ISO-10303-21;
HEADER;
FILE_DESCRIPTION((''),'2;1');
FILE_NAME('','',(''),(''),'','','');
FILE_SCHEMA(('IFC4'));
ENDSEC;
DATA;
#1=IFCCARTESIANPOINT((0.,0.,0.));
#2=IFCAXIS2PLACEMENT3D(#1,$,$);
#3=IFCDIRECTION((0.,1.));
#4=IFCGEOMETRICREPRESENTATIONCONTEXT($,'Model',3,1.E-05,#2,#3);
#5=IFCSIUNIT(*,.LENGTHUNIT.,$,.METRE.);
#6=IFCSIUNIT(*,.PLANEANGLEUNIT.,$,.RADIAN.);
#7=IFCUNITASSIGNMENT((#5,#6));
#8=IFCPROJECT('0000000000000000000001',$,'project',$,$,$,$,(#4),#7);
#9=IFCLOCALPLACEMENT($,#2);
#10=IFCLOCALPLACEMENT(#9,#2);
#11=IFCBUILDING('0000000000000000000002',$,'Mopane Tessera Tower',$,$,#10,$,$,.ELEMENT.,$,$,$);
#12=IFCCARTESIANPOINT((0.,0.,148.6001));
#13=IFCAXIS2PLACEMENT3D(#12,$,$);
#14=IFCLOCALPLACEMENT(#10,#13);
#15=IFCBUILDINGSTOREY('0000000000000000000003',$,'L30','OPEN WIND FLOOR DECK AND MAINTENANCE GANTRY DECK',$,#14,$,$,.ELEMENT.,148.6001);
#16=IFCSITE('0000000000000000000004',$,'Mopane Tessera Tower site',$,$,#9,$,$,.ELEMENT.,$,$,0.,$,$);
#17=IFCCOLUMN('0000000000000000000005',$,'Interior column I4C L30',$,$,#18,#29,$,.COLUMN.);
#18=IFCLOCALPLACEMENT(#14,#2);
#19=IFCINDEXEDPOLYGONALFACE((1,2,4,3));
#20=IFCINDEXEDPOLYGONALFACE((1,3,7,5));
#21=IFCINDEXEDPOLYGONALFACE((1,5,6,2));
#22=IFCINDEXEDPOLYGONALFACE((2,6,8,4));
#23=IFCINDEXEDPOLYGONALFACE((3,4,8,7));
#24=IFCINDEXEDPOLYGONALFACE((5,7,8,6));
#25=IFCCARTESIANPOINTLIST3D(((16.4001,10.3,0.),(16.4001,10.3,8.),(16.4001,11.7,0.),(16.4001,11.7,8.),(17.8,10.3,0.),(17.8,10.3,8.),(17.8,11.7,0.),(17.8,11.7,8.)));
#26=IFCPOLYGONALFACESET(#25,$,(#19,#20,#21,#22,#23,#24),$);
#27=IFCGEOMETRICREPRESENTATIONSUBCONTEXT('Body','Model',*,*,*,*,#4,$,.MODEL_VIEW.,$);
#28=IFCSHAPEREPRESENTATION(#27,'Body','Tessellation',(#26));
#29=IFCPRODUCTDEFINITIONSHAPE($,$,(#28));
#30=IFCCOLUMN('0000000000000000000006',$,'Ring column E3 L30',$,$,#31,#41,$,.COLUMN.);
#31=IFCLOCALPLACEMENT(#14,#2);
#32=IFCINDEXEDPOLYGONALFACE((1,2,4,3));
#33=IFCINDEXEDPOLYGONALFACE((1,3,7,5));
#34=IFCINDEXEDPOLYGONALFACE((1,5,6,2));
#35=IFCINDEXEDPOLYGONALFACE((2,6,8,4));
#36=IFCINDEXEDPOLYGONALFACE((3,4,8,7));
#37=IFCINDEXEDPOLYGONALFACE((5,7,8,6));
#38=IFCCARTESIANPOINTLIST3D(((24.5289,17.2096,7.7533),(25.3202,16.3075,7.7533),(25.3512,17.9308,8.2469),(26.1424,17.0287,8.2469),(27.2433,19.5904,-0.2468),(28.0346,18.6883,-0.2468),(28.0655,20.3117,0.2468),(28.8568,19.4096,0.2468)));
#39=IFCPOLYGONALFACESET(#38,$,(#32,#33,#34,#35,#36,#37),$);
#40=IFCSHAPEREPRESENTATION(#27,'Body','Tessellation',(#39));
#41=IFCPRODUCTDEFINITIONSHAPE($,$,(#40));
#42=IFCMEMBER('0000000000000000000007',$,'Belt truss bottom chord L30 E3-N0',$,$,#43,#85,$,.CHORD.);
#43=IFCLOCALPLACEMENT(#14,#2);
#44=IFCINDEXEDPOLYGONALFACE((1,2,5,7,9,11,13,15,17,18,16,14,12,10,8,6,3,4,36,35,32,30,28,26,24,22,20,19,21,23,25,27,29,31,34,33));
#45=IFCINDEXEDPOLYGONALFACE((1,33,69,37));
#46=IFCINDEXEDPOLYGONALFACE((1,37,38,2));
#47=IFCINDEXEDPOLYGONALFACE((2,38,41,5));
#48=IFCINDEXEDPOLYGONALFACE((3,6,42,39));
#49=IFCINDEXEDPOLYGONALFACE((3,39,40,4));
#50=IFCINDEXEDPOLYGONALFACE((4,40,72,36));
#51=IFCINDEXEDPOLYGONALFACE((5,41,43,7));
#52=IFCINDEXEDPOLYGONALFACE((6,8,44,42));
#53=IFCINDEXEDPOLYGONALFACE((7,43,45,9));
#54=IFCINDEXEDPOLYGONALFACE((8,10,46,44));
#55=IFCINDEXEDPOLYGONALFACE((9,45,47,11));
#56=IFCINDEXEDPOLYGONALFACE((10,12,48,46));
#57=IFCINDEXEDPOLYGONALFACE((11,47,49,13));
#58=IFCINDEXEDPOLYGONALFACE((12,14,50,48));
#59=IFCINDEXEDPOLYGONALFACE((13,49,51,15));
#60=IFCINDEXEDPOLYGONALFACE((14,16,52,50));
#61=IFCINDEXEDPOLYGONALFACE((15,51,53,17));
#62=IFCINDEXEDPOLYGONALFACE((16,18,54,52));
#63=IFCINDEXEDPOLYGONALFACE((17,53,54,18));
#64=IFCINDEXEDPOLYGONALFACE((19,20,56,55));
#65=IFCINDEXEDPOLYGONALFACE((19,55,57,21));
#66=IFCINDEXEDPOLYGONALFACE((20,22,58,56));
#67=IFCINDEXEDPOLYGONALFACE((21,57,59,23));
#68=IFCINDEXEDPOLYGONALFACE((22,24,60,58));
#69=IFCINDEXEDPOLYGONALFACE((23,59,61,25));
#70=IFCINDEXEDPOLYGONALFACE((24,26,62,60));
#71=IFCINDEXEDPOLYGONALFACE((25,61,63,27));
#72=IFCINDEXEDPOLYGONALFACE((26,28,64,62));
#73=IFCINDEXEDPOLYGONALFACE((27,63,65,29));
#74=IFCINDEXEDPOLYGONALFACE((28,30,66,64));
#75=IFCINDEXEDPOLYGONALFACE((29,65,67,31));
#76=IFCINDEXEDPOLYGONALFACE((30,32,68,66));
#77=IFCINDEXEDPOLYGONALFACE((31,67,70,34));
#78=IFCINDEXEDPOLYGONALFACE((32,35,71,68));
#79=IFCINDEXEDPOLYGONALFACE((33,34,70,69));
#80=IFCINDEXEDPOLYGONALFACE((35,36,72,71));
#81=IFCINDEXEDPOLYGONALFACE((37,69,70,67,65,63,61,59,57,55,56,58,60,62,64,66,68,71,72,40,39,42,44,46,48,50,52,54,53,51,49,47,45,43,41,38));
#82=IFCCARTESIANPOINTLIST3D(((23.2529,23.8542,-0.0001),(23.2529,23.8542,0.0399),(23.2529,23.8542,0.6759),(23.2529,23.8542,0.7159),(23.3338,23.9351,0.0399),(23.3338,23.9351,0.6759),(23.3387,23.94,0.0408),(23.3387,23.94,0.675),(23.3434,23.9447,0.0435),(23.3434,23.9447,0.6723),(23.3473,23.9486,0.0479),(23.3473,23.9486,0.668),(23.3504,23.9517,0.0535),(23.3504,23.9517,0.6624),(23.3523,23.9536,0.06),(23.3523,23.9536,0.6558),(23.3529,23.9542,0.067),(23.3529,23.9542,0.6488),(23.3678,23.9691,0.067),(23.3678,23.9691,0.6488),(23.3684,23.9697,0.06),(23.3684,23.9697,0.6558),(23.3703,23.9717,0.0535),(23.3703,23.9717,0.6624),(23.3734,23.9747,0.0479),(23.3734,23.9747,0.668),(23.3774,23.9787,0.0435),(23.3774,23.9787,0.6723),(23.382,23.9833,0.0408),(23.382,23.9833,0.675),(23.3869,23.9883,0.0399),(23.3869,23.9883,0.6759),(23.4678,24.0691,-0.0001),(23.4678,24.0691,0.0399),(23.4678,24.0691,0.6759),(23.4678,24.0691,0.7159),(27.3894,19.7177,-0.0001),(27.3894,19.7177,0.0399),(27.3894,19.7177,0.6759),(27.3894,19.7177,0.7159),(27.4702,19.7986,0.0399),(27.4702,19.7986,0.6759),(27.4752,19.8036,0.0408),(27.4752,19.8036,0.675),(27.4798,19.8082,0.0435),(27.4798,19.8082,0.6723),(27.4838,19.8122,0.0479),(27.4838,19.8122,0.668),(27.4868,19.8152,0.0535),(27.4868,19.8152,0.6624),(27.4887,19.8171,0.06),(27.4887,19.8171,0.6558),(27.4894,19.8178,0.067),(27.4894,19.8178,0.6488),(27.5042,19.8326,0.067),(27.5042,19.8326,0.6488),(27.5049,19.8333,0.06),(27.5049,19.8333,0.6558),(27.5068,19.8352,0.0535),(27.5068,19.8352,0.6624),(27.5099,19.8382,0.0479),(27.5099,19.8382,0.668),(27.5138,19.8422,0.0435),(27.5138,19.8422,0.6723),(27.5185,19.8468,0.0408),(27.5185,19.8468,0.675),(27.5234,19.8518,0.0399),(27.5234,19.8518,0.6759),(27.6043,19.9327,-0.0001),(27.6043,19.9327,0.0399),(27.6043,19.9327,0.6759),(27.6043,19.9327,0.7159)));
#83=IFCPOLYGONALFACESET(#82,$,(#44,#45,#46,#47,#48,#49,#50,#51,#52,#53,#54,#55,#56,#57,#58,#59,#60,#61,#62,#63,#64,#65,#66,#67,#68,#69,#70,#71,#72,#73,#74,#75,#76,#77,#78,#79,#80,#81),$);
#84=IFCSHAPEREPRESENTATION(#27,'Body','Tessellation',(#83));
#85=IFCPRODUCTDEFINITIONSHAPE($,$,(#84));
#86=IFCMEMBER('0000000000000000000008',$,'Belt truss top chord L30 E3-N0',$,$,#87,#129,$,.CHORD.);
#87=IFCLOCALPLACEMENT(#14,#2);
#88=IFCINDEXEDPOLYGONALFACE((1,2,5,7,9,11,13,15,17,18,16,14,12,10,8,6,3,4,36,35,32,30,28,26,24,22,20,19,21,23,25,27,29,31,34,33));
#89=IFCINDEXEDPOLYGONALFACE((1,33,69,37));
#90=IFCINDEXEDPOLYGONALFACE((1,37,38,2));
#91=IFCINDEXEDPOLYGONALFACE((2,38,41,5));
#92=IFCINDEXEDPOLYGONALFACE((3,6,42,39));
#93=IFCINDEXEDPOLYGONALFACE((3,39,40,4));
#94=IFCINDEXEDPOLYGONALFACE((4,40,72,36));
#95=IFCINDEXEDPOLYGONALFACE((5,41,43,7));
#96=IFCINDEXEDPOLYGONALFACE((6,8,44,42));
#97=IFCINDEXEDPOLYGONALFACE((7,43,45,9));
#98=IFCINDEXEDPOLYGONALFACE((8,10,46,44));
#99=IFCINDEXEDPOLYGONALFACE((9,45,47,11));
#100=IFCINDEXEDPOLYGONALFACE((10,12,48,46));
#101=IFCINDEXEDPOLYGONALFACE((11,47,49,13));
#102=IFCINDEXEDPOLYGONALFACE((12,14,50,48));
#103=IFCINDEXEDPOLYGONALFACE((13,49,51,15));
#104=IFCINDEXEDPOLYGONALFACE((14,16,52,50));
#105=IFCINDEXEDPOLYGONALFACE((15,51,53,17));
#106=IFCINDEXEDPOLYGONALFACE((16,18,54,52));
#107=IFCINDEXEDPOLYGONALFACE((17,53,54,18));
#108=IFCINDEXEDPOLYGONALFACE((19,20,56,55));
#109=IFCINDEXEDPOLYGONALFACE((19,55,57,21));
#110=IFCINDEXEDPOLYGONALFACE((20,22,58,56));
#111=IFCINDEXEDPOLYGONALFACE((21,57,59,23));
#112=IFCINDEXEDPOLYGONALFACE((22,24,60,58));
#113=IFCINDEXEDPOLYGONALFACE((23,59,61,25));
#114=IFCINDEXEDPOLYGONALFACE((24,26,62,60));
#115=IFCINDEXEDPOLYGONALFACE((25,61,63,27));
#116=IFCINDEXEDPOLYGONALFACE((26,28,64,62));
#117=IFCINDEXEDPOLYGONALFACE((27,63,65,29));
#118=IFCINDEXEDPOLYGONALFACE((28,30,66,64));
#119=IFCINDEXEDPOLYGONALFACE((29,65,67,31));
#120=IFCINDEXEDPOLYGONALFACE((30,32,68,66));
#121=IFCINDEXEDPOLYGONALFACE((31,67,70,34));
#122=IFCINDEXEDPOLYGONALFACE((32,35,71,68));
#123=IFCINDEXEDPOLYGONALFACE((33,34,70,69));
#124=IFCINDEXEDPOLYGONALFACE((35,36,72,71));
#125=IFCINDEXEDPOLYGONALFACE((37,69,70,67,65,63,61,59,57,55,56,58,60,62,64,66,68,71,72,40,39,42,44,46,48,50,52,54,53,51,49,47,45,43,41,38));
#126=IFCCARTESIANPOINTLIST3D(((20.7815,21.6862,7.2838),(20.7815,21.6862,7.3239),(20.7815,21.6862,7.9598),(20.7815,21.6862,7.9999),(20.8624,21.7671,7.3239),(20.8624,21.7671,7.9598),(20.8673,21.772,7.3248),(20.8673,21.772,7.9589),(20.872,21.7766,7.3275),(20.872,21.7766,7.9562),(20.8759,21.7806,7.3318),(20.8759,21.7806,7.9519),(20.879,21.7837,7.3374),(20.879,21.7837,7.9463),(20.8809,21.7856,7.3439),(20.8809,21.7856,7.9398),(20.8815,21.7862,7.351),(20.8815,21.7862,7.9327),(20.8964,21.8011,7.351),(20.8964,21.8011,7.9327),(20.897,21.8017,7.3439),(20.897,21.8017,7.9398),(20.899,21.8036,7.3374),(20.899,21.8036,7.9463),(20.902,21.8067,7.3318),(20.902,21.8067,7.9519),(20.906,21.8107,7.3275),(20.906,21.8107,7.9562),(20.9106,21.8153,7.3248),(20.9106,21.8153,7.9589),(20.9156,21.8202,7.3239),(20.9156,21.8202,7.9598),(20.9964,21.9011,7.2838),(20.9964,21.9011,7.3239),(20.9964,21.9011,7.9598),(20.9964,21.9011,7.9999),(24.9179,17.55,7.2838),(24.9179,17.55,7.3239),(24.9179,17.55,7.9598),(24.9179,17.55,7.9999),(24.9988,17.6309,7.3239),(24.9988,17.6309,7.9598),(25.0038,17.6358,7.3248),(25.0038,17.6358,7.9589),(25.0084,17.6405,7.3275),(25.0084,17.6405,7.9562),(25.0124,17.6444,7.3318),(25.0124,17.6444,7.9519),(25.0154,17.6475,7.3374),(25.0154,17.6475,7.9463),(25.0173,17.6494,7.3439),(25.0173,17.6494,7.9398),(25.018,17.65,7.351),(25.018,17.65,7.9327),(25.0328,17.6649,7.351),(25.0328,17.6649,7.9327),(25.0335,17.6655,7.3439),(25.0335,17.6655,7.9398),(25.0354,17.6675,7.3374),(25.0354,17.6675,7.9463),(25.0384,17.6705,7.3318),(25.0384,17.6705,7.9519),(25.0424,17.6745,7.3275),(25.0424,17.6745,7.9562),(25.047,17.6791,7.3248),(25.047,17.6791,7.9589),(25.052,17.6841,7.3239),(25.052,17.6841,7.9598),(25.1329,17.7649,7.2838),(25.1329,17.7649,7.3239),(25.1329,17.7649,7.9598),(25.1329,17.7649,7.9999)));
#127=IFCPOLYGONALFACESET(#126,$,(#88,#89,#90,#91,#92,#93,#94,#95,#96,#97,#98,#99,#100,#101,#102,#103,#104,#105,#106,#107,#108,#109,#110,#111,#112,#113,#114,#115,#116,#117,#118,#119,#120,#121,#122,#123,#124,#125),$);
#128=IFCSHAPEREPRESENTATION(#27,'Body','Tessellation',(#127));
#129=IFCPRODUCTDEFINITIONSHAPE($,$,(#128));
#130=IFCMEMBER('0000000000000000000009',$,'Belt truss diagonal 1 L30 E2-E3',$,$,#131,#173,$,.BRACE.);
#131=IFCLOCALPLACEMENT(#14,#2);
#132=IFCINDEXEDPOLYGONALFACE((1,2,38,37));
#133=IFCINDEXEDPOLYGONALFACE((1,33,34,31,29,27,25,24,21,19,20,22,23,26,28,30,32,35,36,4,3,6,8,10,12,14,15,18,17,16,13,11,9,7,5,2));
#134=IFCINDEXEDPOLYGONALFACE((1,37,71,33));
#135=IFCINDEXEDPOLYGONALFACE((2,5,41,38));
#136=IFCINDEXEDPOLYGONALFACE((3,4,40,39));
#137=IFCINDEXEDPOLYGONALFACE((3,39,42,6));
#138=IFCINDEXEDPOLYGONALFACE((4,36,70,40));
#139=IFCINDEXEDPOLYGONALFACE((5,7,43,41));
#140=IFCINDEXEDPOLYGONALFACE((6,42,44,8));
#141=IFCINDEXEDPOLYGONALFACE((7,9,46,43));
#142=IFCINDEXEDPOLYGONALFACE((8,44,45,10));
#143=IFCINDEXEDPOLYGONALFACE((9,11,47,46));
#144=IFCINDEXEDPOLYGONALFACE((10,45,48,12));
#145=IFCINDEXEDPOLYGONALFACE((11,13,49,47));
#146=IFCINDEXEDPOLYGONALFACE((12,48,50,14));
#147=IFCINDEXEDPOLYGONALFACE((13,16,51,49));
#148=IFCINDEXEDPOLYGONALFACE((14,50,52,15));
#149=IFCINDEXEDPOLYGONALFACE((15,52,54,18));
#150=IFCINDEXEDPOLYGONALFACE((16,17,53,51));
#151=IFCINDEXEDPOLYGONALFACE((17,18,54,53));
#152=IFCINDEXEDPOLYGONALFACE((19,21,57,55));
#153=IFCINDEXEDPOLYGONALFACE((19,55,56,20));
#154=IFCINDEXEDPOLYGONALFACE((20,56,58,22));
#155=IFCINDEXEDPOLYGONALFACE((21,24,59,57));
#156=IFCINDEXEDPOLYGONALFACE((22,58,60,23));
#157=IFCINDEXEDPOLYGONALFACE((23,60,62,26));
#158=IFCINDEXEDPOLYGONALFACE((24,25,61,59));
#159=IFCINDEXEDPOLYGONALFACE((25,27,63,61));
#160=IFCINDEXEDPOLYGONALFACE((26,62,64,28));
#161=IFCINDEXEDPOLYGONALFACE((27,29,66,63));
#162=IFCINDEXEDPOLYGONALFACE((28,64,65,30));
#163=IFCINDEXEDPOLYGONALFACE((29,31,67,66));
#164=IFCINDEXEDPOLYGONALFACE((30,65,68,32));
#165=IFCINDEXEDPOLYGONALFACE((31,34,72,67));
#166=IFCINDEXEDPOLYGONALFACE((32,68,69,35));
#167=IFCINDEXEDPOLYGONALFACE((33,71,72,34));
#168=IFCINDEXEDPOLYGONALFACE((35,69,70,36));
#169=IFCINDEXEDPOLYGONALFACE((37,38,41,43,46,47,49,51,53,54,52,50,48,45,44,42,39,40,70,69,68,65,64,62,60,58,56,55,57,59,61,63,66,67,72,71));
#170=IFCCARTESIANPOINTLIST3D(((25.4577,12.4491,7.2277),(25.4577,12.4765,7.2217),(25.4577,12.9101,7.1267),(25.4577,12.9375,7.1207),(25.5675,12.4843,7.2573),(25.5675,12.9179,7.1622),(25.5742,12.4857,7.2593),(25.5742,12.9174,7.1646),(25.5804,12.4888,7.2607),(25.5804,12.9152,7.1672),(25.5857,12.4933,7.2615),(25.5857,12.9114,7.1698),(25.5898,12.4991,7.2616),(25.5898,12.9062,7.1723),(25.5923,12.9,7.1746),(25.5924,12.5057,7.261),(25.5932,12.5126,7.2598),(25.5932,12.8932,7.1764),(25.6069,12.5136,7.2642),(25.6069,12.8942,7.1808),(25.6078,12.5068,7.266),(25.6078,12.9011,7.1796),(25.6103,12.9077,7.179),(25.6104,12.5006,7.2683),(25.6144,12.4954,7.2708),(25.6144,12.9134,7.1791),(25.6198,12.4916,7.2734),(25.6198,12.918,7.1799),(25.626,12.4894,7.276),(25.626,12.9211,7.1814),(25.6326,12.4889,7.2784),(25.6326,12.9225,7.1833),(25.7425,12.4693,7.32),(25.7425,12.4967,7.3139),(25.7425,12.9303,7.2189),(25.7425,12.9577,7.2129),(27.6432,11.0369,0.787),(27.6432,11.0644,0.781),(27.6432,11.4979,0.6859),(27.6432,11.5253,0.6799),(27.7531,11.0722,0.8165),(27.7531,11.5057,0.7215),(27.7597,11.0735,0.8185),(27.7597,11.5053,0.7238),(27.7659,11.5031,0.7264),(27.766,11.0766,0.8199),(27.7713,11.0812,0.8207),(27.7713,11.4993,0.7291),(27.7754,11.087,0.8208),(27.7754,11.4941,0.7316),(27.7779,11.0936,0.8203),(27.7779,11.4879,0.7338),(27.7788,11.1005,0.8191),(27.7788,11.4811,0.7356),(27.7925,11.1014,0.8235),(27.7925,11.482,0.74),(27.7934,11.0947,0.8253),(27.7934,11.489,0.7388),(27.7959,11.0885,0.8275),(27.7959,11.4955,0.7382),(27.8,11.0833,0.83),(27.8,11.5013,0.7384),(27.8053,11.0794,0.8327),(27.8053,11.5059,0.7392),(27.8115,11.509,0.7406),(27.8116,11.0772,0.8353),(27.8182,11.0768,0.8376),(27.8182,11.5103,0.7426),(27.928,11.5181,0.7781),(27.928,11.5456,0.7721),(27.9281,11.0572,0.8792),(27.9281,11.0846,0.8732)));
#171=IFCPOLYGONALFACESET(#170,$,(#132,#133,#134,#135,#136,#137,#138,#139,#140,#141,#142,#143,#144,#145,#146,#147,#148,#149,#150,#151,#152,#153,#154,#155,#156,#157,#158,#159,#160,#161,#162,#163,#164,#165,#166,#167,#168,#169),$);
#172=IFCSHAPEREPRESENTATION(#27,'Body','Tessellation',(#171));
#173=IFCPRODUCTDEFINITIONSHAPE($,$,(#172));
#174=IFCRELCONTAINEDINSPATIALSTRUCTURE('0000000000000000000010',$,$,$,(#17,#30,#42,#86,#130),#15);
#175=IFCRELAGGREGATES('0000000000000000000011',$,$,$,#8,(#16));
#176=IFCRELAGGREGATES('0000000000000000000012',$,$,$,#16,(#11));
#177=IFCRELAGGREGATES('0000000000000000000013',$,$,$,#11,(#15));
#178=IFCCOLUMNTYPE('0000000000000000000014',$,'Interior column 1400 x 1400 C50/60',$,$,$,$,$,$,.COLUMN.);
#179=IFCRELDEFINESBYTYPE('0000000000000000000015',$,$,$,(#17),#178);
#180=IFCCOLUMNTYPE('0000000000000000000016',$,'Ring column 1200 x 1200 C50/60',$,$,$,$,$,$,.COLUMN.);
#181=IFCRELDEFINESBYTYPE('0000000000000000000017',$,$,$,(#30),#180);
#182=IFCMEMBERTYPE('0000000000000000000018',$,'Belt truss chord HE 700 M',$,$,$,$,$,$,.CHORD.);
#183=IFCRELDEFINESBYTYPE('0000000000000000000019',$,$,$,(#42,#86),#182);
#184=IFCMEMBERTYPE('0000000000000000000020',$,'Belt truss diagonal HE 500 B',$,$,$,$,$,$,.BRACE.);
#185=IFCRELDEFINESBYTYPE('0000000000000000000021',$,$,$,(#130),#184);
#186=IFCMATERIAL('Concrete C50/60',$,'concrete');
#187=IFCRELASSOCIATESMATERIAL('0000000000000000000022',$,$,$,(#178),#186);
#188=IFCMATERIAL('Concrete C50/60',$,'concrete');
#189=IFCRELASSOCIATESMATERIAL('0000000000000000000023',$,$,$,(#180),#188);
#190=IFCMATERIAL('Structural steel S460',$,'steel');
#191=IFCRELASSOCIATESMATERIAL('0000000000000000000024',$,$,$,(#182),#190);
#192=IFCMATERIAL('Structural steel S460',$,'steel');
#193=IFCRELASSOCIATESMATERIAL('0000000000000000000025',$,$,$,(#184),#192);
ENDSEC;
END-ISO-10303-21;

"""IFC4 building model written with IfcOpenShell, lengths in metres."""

from ifc_helpers import new_model, si_unit, direction, frame, origin, origin_2d, place, context, subcontext, project, spatial, rectangle, i_section, extrude, material, material_profile, profile_set, type_object, element, save


model = new_model("IFC4")

# Units and contexts
model_context = context("Model", 3, precision=1e-05, world=origin(), true_north=direction((0.0, 1.0)))
body_context = subcontext(model_context, "Body", "Model", "MODEL_VIEW")
ifc_project = project(units=[si_unit("LENGTHUNIT", "METRE"), si_unit("PLANEANGLEUNIT", "RADIAN")], contexts=[model_context])

# Site, building, storey
site_placement = place(None, origin())
site = spatial("IfcSite", under=ifc_project, at=site_placement, Name="Mopane Tessera Tower site", CompositionType="ELEMENT", RefElevation=0.0)
building_placement = place(site_placement, origin())
building = spatial("IfcBuilding", under=site, at=building_placement, Name="Mopane Tessera Tower", CompositionType="ELEMENT")
storey_placement = place(building_placement, frame((0.0, 0.0, 148.6001)))
storey = spatial("IfcBuildingStorey", under=building, at=storey_placement, Name="L30", Description="OPEN WIND FLOOR DECK AND MAINTENANCE GANTRY DECK", CompositionType="ELEMENT", Elevation=148.6001)

# Columns
ifc_material_1 = material(Name="Concrete C50/60", Category="concrete")
ifc_material_profile_1 = material_profile(ifc_material_1, rectangle(XDim=1.3999, YDim=1.3999, at=origin_2d()))
ifc_profile_set_1 = profile_set([ifc_material_profile_1], Name="Concrete C50/60")
column_type_1 = type_object("IfcColumnType", Name="Interior column 1400 x 1400 C50/60", PredefinedType="COLUMN", material=ifc_profile_set_1)
column_1_placement = place(storey_placement, frame((17.1001, 11.0, 0.0), z_axis=(0.0, 0.0, 1.0), x_axis=(1.0, 0.0, 0.0)))
element("IfcColumn", 1, at=column_1_placement, inside=storey, type_object=column_type_1, Name="Interior column I4C L30", PredefinedType="COLUMN", context=body_context, shape_type="SweptSolid", body=[
    extrude(rectangle(XDim=1.3999, YDim=1.3999, at=origin_2d()), origin(), (0.0, 0.0, 1.0), 8.0),
])
ifc_material_2 = material(Name="Concrete C50/60", Category="concrete")
ifc_material_profile_2 = material_profile(ifc_material_2, rectangle(XDim=1.2, YDim=1.2, at=origin_2d()))
ifc_profile_set_2 = profile_set([ifc_material_profile_2], Name="Concrete C50/60")
column_type_2 = type_object("IfcColumnType", Name="Ring column 1200 x 1200 C50/60", PredefinedType="COLUMN", material=ifc_profile_set_2)
column_2_placement = place(storey_placement, frame((28.05, 19.5, 0.0), z_axis=(-0.309257, -0.27126, 0.91147), x_axis=(0.659414, -0.75178, 0.0)))
element("IfcColumn", 2, at=column_2_placement, inside=storey, type_object=column_type_2, Name="Ring column E3 L30", PredefinedType="COLUMN", context=body_context, shape_type="SweptSolid", body=[
    extrude(rectangle(XDim=1.2, YDim=1.2, at=origin_2d()), origin(), (0.0, 0.0, 1.0), 8.7771),
])

# Members
ifc_material_3 = material(Name="Structural steel S460", Category="steel")
ifc_material_profile_3 = material_profile(ifc_material_3, i_section(OverallWidth=0.304, OverallDepth=0.7161, WebThickness=0.021, FlangeThickness=0.04, FilletRadius=0.0271, at=origin_2d()))
ifc_profile_set_3 = profile_set([ifc_material_profile_3], Name="Structural steel S460")
member_type_1 = type_object("IfcMemberType", Name="Belt truss chord HE 700 M", PredefinedType="CHORD", material=ifc_profile_set_3)
member_1_placement = place(storey_placement, frame((27.4968, 19.8252, 0.3579), z_axis=(-0.707107, 0.707107, 0.0), x_axis=(-0.707107, -0.707107, 0.0)))
element("IfcMember", 3, at=member_1_placement, inside=storey, type_object=member_type_1, Name="Belt truss bottom chord L30 E3-N0", PredefinedType="CHORD", context=body_context, shape_type="SweptSolid", body=[
    extrude(i_section(OverallWidth=0.304, OverallDepth=0.7161, WebThickness=0.021, FlangeThickness=0.04, FilletRadius=0.0271, at=origin_2d()), origin(), (0.0, 0.0, 1.0), 5.8499),
])
member_2_placement = place(storey_placement, frame((25.0254, 17.6575, 7.6418), z_axis=(-0.707128, 0.707086, 0.0), x_axis=(-0.707086, -0.707128, 0.0)))
element("IfcMember", 4, at=member_2_placement, inside=storey, type_object=member_type_1, Name="Belt truss top chord L30 E3-N0", PredefinedType="CHORD", context=body_context, shape_type="SweptSolid", body=[
    extrude(i_section(OverallWidth=0.304, OverallDepth=0.7161, WebThickness=0.021, FlangeThickness=0.04, FilletRadius=0.0271, at=origin_2d()), origin(), (0.0, 0.0, 1.0), 5.8496),
])
ifc_material_4 = material(Name="Structural steel S460", Category="steel")
ifc_material_profile_4 = material_profile(ifc_material_4, i_section(OverallWidth=0.3, OverallDepth=0.5, WebThickness=0.0144, FlangeThickness=0.0281, FilletRadius=0.0271, at=origin_2d()))
ifc_profile_set_4 = profile_set([ifc_material_profile_4], Name="Structural steel S460")
member_type_2 = type_object("IfcMemberType", Name="Belt truss diagonal HE 500 B", PredefinedType="BRACE", material=ifc_profile_set_4)
member_3_placement = place(storey_placement, frame((27.7856, 11.2913, 0.7795), z_axis=(-0.314629, 0.203286, 0.927191), x_axis=(-0.949215, -0.06741, -0.307322)))
element("IfcMember", 5, at=member_3_placement, inside=storey, type_object=member_type_2, Name="Belt truss diagonal 1 L30 E2-E3", PredefinedType="BRACE", context=body_context, shape_type="SweptSolid", body=[
    extrude(i_section(OverallWidth=0.3, OverallDepth=0.5, WebThickness=0.0144, FlangeThickness=0.0281, FilletRadius=0.0271, at=origin_2d()), origin(), (0.0, 0.0, 1.0), 6.9465),
])

save(model, "model.ifc")
